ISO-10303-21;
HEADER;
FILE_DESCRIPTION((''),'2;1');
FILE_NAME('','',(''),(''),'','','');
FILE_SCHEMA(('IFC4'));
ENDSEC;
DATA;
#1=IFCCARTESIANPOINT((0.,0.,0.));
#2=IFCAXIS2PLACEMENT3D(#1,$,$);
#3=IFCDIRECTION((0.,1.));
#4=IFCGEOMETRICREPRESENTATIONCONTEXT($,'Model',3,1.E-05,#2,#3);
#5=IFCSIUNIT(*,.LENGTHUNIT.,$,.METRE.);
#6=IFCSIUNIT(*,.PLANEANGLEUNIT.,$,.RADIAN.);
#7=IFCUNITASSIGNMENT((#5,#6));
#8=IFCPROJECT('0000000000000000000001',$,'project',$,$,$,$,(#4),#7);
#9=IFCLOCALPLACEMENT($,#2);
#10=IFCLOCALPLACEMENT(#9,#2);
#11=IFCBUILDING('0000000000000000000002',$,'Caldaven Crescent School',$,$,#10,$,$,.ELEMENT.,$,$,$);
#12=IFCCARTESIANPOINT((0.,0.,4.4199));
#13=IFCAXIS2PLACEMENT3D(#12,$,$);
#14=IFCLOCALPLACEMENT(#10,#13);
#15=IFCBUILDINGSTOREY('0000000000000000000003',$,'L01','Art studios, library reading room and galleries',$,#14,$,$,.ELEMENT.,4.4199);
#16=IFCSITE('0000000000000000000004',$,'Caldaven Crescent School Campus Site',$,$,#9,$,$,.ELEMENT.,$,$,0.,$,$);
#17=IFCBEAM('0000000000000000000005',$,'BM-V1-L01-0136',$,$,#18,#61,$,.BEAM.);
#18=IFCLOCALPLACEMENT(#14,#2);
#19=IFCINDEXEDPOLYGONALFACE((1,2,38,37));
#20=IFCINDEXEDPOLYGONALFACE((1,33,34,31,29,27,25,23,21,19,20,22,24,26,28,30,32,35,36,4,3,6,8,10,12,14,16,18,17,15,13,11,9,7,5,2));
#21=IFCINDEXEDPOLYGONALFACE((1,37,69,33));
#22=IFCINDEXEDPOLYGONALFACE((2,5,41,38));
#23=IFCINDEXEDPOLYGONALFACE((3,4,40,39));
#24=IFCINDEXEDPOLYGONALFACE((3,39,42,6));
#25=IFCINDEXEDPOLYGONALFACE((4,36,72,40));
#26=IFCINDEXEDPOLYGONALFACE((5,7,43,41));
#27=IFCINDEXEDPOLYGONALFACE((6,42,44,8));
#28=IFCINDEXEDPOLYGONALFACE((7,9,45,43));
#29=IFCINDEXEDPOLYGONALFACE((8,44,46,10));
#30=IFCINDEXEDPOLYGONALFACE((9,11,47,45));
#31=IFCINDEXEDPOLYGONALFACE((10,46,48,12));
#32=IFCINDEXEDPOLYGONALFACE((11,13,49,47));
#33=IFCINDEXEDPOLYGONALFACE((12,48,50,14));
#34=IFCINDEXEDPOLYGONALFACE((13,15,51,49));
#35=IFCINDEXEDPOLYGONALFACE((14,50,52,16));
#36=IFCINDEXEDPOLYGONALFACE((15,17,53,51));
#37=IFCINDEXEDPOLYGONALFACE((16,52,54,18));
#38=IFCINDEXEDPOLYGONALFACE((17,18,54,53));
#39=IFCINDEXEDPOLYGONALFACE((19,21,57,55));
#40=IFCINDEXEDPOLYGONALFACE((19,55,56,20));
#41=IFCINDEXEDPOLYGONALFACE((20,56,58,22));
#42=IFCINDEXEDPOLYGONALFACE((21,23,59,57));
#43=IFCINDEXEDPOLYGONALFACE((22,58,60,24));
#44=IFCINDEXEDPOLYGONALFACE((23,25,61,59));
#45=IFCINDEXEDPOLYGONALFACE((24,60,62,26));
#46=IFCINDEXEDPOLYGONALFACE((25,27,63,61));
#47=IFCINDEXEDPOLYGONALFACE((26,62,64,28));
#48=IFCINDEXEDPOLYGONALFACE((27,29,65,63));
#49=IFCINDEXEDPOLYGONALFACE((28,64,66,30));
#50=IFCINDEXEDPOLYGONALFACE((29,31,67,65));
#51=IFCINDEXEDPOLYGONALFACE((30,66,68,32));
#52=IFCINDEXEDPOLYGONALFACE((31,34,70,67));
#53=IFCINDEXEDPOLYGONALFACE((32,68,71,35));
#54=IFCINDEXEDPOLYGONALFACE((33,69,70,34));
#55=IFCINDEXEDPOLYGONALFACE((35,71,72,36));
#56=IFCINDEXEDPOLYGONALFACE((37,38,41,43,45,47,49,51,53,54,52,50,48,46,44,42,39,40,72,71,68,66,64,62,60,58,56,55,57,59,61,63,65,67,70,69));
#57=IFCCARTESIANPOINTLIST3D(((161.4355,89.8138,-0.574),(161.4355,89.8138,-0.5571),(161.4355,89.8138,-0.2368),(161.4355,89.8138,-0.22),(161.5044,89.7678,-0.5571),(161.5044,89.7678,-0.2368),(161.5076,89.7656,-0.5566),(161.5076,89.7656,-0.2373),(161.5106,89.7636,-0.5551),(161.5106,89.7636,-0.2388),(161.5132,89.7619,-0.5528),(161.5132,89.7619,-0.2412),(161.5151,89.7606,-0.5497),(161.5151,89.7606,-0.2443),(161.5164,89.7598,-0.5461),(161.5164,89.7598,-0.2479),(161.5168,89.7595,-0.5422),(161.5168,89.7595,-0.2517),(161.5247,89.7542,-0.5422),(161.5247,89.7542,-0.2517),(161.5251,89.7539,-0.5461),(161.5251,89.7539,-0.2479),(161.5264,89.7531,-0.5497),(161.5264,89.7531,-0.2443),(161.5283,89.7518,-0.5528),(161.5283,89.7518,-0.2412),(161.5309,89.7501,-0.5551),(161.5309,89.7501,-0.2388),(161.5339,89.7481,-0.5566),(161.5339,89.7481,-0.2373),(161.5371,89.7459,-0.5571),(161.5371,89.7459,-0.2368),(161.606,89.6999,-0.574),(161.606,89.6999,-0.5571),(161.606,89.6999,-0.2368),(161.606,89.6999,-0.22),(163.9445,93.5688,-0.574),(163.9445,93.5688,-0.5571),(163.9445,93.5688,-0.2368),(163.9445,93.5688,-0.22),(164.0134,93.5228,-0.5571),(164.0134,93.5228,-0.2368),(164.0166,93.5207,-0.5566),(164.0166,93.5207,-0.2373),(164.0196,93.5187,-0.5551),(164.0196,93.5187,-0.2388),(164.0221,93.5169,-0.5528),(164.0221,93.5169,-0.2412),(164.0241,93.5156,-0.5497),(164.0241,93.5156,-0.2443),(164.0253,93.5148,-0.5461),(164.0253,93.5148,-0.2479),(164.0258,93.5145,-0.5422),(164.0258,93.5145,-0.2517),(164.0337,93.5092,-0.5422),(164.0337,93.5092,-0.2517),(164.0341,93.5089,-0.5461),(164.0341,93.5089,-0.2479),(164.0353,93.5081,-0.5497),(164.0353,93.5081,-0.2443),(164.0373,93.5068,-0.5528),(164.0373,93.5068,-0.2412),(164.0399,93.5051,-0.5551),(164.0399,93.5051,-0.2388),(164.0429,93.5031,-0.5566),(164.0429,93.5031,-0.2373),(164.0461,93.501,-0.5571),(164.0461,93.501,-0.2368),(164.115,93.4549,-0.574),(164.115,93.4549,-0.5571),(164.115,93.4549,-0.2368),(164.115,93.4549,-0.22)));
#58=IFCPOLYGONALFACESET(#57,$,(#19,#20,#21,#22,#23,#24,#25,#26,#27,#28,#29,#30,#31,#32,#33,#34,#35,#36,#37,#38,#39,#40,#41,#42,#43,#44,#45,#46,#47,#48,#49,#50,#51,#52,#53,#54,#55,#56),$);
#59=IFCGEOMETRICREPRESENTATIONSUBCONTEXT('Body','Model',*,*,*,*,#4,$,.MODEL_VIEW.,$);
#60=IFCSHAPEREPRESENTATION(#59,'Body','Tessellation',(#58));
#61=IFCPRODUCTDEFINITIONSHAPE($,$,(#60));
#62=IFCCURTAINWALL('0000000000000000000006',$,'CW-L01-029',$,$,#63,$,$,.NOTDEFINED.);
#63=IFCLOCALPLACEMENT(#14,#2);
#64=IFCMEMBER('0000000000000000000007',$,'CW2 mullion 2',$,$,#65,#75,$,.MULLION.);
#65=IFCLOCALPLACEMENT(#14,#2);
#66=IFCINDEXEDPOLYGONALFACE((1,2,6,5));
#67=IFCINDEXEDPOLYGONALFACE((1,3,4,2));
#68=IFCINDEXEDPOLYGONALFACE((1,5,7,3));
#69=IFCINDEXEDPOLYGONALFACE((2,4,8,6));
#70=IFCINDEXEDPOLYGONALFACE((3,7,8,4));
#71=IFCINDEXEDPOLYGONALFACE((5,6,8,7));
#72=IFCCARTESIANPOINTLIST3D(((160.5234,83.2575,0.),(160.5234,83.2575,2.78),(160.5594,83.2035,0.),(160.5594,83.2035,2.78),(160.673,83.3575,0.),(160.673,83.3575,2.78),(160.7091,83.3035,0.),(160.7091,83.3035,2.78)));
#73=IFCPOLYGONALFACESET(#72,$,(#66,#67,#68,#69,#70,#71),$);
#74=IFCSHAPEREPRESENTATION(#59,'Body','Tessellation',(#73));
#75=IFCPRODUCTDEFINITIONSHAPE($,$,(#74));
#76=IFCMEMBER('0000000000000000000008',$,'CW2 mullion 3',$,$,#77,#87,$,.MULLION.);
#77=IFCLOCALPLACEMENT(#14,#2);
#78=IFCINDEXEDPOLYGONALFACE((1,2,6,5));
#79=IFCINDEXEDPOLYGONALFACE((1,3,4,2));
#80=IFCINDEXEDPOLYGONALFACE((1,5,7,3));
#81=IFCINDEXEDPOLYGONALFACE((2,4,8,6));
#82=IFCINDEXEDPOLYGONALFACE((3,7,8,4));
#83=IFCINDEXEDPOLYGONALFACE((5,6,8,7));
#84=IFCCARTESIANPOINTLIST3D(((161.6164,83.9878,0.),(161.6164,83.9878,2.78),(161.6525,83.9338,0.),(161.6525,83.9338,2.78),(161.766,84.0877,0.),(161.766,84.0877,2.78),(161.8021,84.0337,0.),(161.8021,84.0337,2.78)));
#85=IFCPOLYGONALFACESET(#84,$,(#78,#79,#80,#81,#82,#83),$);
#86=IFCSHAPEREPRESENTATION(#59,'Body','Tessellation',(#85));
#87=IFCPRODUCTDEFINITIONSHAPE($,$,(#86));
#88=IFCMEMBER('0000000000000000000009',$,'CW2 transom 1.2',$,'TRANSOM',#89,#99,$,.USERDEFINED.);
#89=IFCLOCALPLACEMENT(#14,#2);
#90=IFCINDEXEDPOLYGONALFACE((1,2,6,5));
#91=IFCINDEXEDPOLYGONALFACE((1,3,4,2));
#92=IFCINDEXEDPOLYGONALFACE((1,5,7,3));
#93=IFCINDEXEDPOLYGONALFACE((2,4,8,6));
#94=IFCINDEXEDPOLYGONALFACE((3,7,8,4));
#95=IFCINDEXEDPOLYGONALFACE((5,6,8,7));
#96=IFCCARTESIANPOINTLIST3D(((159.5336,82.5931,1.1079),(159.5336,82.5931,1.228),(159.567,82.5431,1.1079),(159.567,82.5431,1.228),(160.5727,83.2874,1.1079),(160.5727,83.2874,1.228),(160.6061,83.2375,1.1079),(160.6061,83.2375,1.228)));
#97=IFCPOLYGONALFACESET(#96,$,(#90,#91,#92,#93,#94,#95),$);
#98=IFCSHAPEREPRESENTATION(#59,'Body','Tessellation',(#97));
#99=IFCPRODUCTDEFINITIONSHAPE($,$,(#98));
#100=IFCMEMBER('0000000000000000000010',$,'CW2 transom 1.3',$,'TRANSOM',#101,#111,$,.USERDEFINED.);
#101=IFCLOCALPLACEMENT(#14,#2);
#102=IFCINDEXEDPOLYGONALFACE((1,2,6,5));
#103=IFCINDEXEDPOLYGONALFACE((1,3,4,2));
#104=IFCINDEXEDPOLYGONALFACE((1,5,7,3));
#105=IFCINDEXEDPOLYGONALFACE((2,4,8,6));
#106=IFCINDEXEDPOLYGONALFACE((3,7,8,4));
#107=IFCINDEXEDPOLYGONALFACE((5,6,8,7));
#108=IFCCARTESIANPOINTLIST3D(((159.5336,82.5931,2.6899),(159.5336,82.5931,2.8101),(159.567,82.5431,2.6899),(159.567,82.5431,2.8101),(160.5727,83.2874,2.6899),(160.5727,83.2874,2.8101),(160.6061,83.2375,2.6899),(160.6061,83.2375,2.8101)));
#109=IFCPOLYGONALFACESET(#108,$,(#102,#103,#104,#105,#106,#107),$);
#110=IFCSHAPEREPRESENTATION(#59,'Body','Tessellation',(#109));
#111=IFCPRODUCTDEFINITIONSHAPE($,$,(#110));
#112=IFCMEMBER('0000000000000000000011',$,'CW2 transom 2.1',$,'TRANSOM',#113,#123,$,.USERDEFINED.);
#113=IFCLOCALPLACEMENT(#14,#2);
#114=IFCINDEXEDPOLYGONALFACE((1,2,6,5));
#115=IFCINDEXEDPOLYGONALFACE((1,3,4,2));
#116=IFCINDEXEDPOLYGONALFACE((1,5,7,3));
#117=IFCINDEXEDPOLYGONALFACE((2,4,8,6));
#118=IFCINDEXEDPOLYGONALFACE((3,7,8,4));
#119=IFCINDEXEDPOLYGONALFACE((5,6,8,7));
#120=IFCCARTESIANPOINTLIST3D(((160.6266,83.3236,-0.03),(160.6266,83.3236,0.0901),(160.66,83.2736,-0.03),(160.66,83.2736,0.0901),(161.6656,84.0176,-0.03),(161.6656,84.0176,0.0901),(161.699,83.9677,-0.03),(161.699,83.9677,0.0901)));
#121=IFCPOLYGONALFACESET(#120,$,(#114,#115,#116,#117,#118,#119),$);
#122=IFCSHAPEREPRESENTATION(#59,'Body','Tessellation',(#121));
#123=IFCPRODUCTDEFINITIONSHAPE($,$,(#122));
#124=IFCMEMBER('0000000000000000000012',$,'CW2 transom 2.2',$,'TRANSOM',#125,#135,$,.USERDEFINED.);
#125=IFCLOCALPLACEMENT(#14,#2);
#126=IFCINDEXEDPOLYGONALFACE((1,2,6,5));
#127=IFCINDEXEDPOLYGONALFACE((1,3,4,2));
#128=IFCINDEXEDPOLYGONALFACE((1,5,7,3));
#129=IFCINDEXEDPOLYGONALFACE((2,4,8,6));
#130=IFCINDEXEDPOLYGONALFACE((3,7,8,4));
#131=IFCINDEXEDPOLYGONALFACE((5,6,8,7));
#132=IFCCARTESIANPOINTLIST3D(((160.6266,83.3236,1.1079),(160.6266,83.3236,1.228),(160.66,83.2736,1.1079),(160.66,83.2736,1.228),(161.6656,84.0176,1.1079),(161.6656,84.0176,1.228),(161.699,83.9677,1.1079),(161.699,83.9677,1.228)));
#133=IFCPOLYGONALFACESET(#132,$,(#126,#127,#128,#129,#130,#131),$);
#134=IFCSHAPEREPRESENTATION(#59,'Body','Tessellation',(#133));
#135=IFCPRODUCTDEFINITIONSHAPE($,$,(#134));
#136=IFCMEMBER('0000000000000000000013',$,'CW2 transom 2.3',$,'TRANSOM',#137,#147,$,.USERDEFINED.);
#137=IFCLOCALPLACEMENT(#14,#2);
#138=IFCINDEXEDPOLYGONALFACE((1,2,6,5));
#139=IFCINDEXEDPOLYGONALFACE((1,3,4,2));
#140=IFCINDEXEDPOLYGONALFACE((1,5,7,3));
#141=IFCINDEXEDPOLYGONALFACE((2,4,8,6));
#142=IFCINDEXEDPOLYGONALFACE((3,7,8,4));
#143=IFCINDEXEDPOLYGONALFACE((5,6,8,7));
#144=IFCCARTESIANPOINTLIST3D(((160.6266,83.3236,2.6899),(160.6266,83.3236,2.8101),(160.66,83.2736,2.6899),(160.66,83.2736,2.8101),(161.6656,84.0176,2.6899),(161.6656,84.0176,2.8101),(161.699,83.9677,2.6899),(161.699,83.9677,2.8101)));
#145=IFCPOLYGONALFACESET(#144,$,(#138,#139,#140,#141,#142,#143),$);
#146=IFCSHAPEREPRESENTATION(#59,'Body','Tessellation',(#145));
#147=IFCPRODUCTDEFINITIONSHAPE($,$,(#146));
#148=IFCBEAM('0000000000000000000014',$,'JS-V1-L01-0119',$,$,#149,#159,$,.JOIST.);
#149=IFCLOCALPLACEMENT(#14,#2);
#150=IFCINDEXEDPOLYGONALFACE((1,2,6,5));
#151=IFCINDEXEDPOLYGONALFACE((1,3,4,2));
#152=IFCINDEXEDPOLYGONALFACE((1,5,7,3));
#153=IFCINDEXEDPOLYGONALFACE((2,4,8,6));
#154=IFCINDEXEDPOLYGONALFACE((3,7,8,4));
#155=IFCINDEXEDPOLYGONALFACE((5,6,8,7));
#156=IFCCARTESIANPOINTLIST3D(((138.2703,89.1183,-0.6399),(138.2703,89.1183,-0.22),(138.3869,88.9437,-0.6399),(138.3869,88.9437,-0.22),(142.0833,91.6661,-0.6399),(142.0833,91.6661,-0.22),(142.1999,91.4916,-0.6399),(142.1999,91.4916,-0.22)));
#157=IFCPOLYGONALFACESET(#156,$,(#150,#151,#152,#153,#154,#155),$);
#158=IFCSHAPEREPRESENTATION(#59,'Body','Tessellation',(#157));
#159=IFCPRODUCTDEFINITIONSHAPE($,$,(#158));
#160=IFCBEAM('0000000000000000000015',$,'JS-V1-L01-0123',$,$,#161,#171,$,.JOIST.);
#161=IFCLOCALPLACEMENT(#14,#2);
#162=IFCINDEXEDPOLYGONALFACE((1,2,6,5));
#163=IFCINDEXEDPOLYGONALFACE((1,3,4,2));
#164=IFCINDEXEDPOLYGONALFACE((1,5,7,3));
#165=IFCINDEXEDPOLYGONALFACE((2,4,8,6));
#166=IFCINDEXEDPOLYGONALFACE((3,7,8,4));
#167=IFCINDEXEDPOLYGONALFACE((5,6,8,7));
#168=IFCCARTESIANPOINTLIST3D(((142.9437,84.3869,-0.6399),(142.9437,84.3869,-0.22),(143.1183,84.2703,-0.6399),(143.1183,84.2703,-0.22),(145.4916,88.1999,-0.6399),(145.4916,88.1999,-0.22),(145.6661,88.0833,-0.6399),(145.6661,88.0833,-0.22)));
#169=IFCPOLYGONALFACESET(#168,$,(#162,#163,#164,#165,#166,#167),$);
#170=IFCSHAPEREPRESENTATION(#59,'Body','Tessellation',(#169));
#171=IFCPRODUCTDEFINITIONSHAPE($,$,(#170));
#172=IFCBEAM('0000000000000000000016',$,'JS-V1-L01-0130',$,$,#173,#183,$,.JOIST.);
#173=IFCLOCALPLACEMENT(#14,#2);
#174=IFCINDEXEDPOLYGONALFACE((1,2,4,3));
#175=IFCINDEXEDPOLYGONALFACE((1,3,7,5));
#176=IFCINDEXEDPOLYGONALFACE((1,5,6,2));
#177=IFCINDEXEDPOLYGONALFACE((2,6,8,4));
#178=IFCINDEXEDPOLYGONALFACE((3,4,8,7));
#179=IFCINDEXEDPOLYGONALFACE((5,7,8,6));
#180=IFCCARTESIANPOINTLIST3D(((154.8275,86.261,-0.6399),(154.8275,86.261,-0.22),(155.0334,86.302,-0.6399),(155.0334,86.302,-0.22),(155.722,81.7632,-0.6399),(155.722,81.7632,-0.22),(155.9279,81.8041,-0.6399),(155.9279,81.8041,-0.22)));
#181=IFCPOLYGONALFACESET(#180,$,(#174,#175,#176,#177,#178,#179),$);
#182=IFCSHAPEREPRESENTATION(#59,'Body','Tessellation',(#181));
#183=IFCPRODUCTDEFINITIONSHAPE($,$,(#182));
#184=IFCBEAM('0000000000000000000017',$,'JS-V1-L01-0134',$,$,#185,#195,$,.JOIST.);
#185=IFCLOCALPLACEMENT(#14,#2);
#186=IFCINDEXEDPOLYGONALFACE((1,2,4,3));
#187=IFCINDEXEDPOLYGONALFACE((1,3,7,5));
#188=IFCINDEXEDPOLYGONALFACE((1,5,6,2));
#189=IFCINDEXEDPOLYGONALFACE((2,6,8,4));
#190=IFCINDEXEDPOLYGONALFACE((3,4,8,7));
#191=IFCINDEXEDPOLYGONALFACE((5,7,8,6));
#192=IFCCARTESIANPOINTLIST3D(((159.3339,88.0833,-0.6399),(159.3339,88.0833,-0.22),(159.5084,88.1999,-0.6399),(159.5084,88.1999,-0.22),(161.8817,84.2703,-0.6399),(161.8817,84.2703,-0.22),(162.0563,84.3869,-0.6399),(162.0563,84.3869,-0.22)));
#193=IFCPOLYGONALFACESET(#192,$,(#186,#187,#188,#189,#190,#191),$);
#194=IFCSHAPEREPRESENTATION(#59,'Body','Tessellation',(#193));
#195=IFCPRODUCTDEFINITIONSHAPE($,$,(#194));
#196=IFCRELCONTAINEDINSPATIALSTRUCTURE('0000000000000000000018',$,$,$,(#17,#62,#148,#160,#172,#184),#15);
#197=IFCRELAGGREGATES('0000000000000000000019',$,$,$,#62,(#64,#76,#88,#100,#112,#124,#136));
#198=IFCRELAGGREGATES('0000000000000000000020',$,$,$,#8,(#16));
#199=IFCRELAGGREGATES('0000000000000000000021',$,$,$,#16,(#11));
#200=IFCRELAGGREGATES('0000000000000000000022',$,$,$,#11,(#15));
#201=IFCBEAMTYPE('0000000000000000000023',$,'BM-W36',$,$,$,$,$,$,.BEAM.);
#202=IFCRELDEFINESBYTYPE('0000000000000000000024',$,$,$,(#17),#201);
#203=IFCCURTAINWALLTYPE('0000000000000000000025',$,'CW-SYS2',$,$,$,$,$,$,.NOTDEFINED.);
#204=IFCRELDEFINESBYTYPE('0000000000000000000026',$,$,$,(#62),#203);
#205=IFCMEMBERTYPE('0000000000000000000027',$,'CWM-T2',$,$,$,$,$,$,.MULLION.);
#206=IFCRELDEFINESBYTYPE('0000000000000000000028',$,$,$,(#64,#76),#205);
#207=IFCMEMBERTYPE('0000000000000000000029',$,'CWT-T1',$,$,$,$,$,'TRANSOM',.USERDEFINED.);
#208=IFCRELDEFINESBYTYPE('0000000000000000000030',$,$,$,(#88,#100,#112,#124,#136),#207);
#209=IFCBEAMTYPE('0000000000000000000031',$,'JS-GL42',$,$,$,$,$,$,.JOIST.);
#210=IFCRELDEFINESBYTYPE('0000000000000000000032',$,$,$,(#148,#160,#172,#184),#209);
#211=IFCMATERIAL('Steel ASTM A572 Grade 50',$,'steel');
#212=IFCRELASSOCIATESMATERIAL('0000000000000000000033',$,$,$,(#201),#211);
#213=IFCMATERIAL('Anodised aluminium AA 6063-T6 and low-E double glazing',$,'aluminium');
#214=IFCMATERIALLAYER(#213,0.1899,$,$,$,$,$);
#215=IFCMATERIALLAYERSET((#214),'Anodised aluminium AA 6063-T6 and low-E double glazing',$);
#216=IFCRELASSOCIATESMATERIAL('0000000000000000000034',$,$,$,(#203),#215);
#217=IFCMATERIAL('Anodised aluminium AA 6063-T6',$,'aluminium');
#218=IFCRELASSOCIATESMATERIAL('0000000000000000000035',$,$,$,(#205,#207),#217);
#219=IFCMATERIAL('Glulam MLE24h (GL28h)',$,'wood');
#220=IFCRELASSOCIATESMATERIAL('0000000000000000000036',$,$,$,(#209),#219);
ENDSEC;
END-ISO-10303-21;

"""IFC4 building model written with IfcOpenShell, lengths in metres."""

from ifc_helpers import new_model, si_unit, direction, frame, origin, origin_2d, place, context, subcontext, project, spatial, rectangle, i_section, extrude, material, layer, layer_set, material_profile, profile_set, type_object, element, aggregate, save


model = new_model("IFC4")

# Units and contexts
model_context = context("Model", 3, precision=1e-05, world=origin(), true_north=direction((0.0, 1.0)))
body_context = subcontext(model_context, "Body", "Model", "MODEL_VIEW")
ifc_project = project(units=[si_unit("LENGTHUNIT", "METRE"), si_unit("PLANEANGLEUNIT", "RADIAN")], contexts=[model_context])

# Site, building, storey
site_placement = place(None, origin())
site = spatial("IfcSite", under=ifc_project, at=site_placement, Name="Caldaven Crescent School Campus Site", CompositionType="ELEMENT", RefElevation=0.0)
building_placement = place(site_placement, origin())
building = spatial("IfcBuilding", under=site, at=building_placement, Name="Caldaven Crescent School", CompositionType="ELEMENT")
storey_placement = place(building_placement, frame((0.0, 0.0, 4.4199)))
storey = spatial("IfcBuildingStorey", under=building, at=storey_placement, Name="L01", Description="Art studios, library reading room and galleries", CompositionType="ELEMENT", Elevation=4.4199)

# Shared definitions
ifc_material_1 = material(Name="Glulam MLE24h (GL28h)", Category="wood")

# Beam
ifc_material_2 = material(Name="Steel ASTM A572 Grade 50", Category="steel")
ifc_material_profile_1 = material_profile(ifc_material_2, i_section(OverallWidth=0.2051, OverallDepth=0.354, WebThickness=0.0095, FlangeThickness=0.0168, FilletRadius=0.0149, at=origin_2d()), Name="W360x79")
ifc_profile_set_1 = profile_set([ifc_material_profile_1], Name="Steel ASTM A572 Grade 50")
beam_type_1 = type_object("IfcBeamType", Name="BM-W36", PredefinedType="BEAM", material=ifc_profile_set_1)
for number, where, z_axis, x_axis, name in (
    (1, (161.5208, 89.7568, -0.397), (0.555561, 0.831476, 0.0), (-0.831476, 0.555561, 0.0), "BM-V1-L01-0136"),
):
    element("IfcBeam", number, at=place(storey_placement, frame(where, z_axis=z_axis, x_axis=x_axis)), inside=storey, type_object=beam_type_1, Name=name, PredefinedType="BEAM", context=body_context, shape_type="SweptSolid", body=[
        extrude(i_section(OverallWidth=0.2051, OverallDepth=0.354, WebThickness=0.0095, FlangeThickness=0.0168, FilletRadius=0.0149, at=origin_2d()), origin(), (0.0, 0.0, 1.0), 4.5161),
    ])

# Curtain wall, members
ifc_material_3 = material(Name="Anodised aluminium AA 6063-T6 and low-E double glazing", Category="aluminium")
ifc_layer_1 = layer(ifc_material_3, 0.1899)
ifc_layer_set_1 = layer_set([ifc_layer_1], Name="Anodised aluminium AA 6063-T6 and low-E double glazing")
curtain_wall_type = type_object("IfcCurtainWallType", Name="CW-SYS2", PredefinedType="NOTDEFINED", material=ifc_layer_set_1)
curtain_wall_placement = place(storey_placement, origin())
curtain_wall = element("IfcCurtainWall", 2, at=curtain_wall_placement, inside=storey, type_object=curtain_wall_type, Name="CW-L01-029", PredefinedType="NOTDEFINED")
ifc_material_4 = material(Name="Anodised aluminium AA 6063-T6", Category="aluminium")
ifc_material_profile_2 = material_profile(ifc_material_4, rectangle(XDim=0.0649, YDim=0.1799, at=origin_2d()), Name="CWM 65x180")
ifc_profile_set_2 = profile_set([ifc_material_profile_2], Name="Anodised aluminium AA 6063-T6")
member_type_1 = type_object("IfcMemberType", Name="CWM-T2", PredefinedType="MULLION", material=ifc_profile_set_2)
member_1_placement = place(storey_placement, frame((160.6162, 83.2805, 0.0), z_axis=(0.0, 0.0, 1.0), x_axis=(-0.555569, 0.83147, 0.0)))
member_1 = element("IfcMember", 3, at=member_1_placement, type_object=member_type_1, Name="CW2 mullion 2", PredefinedType="MULLION", context=body_context, shape_type="SweptSolid", body=[
    extrude(rectangle(XDim=0.0649, YDim=0.1799, at=origin_2d()), origin(), (0.0, 0.0, 1.0), 2.78),
])
member_2_placement = place(storey_placement, frame((161.7092, 84.0107, 0.0), z_axis=(0.0, 0.0, 1.0), x_axis=(-0.555569, 0.83147, 0.0)))
member_2 = element("IfcMember", 4, at=member_2_placement, type_object=member_type_1, Name="CW2 mullion 3", PredefinedType="MULLION", context=body_context, shape_type="SweptSolid", body=[
    extrude(rectangle(XDim=0.0649, YDim=0.1799, at=origin_2d()), origin(), (0.0, 0.0, 1.0), 2.78),
])
ifc_material_profile_3 = material_profile(ifc_material_4, rectangle(XDim=0.0601, YDim=0.1201, at=origin_2d()), Name="CWT 60x120")
ifc_profile_set_3 = profile_set([ifc_material_profile_3], Name="Anodised aluminium AA 6063-T6")
member_type_2 = type_object("IfcMemberType", Name="CWT-T1", ElementType="TRANSOM", PredefinedType="USERDEFINED", material=ifc_profile_set_3)
member_3_placement = place(storey_placement, frame((159.5503, 82.5681, 1.168), z_axis=(0.831449, 0.555602, 0.0), x_axis=(-0.555602, 0.831449, 0.0)))
member_3 = element("IfcMember", 5, at=member_3_placement, type_object=member_type_2, Name="CW2 transom 1.2", ObjectType="TRANSOM", PredefinedType="USERDEFINED", context=body_context, shape_type="SweptSolid", body=[
    extrude(rectangle(XDim=0.0601, YDim=0.1201, at=origin_2d()), origin(), (0.0, 0.0, 1.0), 1.2498),
])
member_4_placement = place(storey_placement, frame((159.5503, 82.5681, 2.75), z_axis=(0.831449, 0.555602, 0.0), x_axis=(-0.555602, 0.831449, 0.0)))
member_4 = element("IfcMember", 6, at=member_4_placement, type_object=member_type_2, Name="CW2 transom 1.3", ObjectType="TRANSOM", PredefinedType="USERDEFINED", context=body_context, shape_type="SweptSolid", body=[
    extrude(rectangle(XDim=0.0601, YDim=0.1201, at=origin_2d()), origin(), (0.0, 0.0, 1.0), 1.2498),
])
member_5_placement = place(storey_placement, frame((160.6433, 83.2986, 0.03), z_axis=(0.831539, 0.555466, 0.0), x_axis=(-0.555466, 0.831539, 0.0)))
member_5 = element("IfcMember", 7, at=member_5_placement, type_object=member_type_2, Name="CW2 transom 2.1", ObjectType="TRANSOM", PredefinedType="USERDEFINED", context=body_context, shape_type="SweptSolid", body=[
    extrude(rectangle(XDim=0.0601, YDim=0.1201, at=origin_2d()), origin(), (0.0, 0.0, 1.0), 1.2495),
])
member_6_placement = place(storey_placement, frame((160.6433, 83.2986, 1.168), z_axis=(0.831539, 0.555466, 0.0), x_axis=(-0.555466, 0.831539, 0.0)))
member_6 = element("IfcMember", 8, at=member_6_placement, type_object=member_type_2, Name="CW2 transom 2.2", ObjectType="TRANSOM", PredefinedType="USERDEFINED", context=body_context, shape_type="SweptSolid", body=[
    extrude(rectangle(XDim=0.0601, YDim=0.1201, at=origin_2d()), origin(), (0.0, 0.0, 1.0), 1.2495),
])
member_7_placement = place(storey_placement, frame((160.6433, 83.2986, 2.75), z_axis=(0.831539, 0.555466, 0.0), x_axis=(-0.555466, 0.831539, 0.0)))
member_7 = element("IfcMember", 9, at=member_7_placement, type_object=member_type_2, Name="CW2 transom 2.3", ObjectType="TRANSOM", PredefinedType="USERDEFINED", context=body_context, shape_type="SweptSolid", body=[
    extrude(rectangle(XDim=0.0601, YDim=0.1201, at=origin_2d()), origin(), (0.0, 0.0, 1.0), 1.2495),
])

# Beams
ifc_material_profile_4 = material_profile(ifc_material_1, rectangle(XDim=0.21, YDim=0.4199, at=origin_2d()), Name="MLE 210x420")
ifc_profile_set_4 = profile_set([ifc_material_profile_4], Name="Glulam MLE24h (GL28h)")
beam_type_2 = type_object("IfcBeamType", Name="JS-GL42", PredefinedType="JOIST", material=ifc_profile_set_4)
for number, where, z_axis, x_axis, name in (
    (10, (142.1416, 91.5789, -0.4299), (-0.83146, -0.555584, 0.0), (0.555584, -0.83146, 0.0), "JS-V1-L01-0119"),
    (11, (145.5789, 88.1416, -0.4299), (-0.555584, -0.83146, 0.0), (0.83146, -0.555584, 0.0), "JS-V1-L01-0123"),
    (12, (154.9304, 86.2815, -0.4299), (0.195062, -0.980791, 0.0), (0.980791, 0.195062, 0.0), "JS-V1-L01-0130"),
    (13, (159.4211, 88.1416, -0.4299), (0.555584, -0.83146, 0.0), (0.83146, 0.555584, 0.0), "JS-V1-L01-0134"),
):
    element("IfcBeam", number, at=place(storey_placement, frame(where, z_axis=z_axis, x_axis=x_axis)), inside=storey, type_object=beam_type_2, Name=name, PredefinedType="JOIST", context=body_context, shape_type="SweptSolid", body=[
        extrude(rectangle(XDim=0.21, YDim=0.4199, at=origin_2d()), origin(), (0.0, 0.0, 1.0), 4.5859),
    ])

aggregate(curtain_wall, [member_1, member_2, member_3, member_4, member_5, member_6, member_7])

save(model, "model.ifc")
